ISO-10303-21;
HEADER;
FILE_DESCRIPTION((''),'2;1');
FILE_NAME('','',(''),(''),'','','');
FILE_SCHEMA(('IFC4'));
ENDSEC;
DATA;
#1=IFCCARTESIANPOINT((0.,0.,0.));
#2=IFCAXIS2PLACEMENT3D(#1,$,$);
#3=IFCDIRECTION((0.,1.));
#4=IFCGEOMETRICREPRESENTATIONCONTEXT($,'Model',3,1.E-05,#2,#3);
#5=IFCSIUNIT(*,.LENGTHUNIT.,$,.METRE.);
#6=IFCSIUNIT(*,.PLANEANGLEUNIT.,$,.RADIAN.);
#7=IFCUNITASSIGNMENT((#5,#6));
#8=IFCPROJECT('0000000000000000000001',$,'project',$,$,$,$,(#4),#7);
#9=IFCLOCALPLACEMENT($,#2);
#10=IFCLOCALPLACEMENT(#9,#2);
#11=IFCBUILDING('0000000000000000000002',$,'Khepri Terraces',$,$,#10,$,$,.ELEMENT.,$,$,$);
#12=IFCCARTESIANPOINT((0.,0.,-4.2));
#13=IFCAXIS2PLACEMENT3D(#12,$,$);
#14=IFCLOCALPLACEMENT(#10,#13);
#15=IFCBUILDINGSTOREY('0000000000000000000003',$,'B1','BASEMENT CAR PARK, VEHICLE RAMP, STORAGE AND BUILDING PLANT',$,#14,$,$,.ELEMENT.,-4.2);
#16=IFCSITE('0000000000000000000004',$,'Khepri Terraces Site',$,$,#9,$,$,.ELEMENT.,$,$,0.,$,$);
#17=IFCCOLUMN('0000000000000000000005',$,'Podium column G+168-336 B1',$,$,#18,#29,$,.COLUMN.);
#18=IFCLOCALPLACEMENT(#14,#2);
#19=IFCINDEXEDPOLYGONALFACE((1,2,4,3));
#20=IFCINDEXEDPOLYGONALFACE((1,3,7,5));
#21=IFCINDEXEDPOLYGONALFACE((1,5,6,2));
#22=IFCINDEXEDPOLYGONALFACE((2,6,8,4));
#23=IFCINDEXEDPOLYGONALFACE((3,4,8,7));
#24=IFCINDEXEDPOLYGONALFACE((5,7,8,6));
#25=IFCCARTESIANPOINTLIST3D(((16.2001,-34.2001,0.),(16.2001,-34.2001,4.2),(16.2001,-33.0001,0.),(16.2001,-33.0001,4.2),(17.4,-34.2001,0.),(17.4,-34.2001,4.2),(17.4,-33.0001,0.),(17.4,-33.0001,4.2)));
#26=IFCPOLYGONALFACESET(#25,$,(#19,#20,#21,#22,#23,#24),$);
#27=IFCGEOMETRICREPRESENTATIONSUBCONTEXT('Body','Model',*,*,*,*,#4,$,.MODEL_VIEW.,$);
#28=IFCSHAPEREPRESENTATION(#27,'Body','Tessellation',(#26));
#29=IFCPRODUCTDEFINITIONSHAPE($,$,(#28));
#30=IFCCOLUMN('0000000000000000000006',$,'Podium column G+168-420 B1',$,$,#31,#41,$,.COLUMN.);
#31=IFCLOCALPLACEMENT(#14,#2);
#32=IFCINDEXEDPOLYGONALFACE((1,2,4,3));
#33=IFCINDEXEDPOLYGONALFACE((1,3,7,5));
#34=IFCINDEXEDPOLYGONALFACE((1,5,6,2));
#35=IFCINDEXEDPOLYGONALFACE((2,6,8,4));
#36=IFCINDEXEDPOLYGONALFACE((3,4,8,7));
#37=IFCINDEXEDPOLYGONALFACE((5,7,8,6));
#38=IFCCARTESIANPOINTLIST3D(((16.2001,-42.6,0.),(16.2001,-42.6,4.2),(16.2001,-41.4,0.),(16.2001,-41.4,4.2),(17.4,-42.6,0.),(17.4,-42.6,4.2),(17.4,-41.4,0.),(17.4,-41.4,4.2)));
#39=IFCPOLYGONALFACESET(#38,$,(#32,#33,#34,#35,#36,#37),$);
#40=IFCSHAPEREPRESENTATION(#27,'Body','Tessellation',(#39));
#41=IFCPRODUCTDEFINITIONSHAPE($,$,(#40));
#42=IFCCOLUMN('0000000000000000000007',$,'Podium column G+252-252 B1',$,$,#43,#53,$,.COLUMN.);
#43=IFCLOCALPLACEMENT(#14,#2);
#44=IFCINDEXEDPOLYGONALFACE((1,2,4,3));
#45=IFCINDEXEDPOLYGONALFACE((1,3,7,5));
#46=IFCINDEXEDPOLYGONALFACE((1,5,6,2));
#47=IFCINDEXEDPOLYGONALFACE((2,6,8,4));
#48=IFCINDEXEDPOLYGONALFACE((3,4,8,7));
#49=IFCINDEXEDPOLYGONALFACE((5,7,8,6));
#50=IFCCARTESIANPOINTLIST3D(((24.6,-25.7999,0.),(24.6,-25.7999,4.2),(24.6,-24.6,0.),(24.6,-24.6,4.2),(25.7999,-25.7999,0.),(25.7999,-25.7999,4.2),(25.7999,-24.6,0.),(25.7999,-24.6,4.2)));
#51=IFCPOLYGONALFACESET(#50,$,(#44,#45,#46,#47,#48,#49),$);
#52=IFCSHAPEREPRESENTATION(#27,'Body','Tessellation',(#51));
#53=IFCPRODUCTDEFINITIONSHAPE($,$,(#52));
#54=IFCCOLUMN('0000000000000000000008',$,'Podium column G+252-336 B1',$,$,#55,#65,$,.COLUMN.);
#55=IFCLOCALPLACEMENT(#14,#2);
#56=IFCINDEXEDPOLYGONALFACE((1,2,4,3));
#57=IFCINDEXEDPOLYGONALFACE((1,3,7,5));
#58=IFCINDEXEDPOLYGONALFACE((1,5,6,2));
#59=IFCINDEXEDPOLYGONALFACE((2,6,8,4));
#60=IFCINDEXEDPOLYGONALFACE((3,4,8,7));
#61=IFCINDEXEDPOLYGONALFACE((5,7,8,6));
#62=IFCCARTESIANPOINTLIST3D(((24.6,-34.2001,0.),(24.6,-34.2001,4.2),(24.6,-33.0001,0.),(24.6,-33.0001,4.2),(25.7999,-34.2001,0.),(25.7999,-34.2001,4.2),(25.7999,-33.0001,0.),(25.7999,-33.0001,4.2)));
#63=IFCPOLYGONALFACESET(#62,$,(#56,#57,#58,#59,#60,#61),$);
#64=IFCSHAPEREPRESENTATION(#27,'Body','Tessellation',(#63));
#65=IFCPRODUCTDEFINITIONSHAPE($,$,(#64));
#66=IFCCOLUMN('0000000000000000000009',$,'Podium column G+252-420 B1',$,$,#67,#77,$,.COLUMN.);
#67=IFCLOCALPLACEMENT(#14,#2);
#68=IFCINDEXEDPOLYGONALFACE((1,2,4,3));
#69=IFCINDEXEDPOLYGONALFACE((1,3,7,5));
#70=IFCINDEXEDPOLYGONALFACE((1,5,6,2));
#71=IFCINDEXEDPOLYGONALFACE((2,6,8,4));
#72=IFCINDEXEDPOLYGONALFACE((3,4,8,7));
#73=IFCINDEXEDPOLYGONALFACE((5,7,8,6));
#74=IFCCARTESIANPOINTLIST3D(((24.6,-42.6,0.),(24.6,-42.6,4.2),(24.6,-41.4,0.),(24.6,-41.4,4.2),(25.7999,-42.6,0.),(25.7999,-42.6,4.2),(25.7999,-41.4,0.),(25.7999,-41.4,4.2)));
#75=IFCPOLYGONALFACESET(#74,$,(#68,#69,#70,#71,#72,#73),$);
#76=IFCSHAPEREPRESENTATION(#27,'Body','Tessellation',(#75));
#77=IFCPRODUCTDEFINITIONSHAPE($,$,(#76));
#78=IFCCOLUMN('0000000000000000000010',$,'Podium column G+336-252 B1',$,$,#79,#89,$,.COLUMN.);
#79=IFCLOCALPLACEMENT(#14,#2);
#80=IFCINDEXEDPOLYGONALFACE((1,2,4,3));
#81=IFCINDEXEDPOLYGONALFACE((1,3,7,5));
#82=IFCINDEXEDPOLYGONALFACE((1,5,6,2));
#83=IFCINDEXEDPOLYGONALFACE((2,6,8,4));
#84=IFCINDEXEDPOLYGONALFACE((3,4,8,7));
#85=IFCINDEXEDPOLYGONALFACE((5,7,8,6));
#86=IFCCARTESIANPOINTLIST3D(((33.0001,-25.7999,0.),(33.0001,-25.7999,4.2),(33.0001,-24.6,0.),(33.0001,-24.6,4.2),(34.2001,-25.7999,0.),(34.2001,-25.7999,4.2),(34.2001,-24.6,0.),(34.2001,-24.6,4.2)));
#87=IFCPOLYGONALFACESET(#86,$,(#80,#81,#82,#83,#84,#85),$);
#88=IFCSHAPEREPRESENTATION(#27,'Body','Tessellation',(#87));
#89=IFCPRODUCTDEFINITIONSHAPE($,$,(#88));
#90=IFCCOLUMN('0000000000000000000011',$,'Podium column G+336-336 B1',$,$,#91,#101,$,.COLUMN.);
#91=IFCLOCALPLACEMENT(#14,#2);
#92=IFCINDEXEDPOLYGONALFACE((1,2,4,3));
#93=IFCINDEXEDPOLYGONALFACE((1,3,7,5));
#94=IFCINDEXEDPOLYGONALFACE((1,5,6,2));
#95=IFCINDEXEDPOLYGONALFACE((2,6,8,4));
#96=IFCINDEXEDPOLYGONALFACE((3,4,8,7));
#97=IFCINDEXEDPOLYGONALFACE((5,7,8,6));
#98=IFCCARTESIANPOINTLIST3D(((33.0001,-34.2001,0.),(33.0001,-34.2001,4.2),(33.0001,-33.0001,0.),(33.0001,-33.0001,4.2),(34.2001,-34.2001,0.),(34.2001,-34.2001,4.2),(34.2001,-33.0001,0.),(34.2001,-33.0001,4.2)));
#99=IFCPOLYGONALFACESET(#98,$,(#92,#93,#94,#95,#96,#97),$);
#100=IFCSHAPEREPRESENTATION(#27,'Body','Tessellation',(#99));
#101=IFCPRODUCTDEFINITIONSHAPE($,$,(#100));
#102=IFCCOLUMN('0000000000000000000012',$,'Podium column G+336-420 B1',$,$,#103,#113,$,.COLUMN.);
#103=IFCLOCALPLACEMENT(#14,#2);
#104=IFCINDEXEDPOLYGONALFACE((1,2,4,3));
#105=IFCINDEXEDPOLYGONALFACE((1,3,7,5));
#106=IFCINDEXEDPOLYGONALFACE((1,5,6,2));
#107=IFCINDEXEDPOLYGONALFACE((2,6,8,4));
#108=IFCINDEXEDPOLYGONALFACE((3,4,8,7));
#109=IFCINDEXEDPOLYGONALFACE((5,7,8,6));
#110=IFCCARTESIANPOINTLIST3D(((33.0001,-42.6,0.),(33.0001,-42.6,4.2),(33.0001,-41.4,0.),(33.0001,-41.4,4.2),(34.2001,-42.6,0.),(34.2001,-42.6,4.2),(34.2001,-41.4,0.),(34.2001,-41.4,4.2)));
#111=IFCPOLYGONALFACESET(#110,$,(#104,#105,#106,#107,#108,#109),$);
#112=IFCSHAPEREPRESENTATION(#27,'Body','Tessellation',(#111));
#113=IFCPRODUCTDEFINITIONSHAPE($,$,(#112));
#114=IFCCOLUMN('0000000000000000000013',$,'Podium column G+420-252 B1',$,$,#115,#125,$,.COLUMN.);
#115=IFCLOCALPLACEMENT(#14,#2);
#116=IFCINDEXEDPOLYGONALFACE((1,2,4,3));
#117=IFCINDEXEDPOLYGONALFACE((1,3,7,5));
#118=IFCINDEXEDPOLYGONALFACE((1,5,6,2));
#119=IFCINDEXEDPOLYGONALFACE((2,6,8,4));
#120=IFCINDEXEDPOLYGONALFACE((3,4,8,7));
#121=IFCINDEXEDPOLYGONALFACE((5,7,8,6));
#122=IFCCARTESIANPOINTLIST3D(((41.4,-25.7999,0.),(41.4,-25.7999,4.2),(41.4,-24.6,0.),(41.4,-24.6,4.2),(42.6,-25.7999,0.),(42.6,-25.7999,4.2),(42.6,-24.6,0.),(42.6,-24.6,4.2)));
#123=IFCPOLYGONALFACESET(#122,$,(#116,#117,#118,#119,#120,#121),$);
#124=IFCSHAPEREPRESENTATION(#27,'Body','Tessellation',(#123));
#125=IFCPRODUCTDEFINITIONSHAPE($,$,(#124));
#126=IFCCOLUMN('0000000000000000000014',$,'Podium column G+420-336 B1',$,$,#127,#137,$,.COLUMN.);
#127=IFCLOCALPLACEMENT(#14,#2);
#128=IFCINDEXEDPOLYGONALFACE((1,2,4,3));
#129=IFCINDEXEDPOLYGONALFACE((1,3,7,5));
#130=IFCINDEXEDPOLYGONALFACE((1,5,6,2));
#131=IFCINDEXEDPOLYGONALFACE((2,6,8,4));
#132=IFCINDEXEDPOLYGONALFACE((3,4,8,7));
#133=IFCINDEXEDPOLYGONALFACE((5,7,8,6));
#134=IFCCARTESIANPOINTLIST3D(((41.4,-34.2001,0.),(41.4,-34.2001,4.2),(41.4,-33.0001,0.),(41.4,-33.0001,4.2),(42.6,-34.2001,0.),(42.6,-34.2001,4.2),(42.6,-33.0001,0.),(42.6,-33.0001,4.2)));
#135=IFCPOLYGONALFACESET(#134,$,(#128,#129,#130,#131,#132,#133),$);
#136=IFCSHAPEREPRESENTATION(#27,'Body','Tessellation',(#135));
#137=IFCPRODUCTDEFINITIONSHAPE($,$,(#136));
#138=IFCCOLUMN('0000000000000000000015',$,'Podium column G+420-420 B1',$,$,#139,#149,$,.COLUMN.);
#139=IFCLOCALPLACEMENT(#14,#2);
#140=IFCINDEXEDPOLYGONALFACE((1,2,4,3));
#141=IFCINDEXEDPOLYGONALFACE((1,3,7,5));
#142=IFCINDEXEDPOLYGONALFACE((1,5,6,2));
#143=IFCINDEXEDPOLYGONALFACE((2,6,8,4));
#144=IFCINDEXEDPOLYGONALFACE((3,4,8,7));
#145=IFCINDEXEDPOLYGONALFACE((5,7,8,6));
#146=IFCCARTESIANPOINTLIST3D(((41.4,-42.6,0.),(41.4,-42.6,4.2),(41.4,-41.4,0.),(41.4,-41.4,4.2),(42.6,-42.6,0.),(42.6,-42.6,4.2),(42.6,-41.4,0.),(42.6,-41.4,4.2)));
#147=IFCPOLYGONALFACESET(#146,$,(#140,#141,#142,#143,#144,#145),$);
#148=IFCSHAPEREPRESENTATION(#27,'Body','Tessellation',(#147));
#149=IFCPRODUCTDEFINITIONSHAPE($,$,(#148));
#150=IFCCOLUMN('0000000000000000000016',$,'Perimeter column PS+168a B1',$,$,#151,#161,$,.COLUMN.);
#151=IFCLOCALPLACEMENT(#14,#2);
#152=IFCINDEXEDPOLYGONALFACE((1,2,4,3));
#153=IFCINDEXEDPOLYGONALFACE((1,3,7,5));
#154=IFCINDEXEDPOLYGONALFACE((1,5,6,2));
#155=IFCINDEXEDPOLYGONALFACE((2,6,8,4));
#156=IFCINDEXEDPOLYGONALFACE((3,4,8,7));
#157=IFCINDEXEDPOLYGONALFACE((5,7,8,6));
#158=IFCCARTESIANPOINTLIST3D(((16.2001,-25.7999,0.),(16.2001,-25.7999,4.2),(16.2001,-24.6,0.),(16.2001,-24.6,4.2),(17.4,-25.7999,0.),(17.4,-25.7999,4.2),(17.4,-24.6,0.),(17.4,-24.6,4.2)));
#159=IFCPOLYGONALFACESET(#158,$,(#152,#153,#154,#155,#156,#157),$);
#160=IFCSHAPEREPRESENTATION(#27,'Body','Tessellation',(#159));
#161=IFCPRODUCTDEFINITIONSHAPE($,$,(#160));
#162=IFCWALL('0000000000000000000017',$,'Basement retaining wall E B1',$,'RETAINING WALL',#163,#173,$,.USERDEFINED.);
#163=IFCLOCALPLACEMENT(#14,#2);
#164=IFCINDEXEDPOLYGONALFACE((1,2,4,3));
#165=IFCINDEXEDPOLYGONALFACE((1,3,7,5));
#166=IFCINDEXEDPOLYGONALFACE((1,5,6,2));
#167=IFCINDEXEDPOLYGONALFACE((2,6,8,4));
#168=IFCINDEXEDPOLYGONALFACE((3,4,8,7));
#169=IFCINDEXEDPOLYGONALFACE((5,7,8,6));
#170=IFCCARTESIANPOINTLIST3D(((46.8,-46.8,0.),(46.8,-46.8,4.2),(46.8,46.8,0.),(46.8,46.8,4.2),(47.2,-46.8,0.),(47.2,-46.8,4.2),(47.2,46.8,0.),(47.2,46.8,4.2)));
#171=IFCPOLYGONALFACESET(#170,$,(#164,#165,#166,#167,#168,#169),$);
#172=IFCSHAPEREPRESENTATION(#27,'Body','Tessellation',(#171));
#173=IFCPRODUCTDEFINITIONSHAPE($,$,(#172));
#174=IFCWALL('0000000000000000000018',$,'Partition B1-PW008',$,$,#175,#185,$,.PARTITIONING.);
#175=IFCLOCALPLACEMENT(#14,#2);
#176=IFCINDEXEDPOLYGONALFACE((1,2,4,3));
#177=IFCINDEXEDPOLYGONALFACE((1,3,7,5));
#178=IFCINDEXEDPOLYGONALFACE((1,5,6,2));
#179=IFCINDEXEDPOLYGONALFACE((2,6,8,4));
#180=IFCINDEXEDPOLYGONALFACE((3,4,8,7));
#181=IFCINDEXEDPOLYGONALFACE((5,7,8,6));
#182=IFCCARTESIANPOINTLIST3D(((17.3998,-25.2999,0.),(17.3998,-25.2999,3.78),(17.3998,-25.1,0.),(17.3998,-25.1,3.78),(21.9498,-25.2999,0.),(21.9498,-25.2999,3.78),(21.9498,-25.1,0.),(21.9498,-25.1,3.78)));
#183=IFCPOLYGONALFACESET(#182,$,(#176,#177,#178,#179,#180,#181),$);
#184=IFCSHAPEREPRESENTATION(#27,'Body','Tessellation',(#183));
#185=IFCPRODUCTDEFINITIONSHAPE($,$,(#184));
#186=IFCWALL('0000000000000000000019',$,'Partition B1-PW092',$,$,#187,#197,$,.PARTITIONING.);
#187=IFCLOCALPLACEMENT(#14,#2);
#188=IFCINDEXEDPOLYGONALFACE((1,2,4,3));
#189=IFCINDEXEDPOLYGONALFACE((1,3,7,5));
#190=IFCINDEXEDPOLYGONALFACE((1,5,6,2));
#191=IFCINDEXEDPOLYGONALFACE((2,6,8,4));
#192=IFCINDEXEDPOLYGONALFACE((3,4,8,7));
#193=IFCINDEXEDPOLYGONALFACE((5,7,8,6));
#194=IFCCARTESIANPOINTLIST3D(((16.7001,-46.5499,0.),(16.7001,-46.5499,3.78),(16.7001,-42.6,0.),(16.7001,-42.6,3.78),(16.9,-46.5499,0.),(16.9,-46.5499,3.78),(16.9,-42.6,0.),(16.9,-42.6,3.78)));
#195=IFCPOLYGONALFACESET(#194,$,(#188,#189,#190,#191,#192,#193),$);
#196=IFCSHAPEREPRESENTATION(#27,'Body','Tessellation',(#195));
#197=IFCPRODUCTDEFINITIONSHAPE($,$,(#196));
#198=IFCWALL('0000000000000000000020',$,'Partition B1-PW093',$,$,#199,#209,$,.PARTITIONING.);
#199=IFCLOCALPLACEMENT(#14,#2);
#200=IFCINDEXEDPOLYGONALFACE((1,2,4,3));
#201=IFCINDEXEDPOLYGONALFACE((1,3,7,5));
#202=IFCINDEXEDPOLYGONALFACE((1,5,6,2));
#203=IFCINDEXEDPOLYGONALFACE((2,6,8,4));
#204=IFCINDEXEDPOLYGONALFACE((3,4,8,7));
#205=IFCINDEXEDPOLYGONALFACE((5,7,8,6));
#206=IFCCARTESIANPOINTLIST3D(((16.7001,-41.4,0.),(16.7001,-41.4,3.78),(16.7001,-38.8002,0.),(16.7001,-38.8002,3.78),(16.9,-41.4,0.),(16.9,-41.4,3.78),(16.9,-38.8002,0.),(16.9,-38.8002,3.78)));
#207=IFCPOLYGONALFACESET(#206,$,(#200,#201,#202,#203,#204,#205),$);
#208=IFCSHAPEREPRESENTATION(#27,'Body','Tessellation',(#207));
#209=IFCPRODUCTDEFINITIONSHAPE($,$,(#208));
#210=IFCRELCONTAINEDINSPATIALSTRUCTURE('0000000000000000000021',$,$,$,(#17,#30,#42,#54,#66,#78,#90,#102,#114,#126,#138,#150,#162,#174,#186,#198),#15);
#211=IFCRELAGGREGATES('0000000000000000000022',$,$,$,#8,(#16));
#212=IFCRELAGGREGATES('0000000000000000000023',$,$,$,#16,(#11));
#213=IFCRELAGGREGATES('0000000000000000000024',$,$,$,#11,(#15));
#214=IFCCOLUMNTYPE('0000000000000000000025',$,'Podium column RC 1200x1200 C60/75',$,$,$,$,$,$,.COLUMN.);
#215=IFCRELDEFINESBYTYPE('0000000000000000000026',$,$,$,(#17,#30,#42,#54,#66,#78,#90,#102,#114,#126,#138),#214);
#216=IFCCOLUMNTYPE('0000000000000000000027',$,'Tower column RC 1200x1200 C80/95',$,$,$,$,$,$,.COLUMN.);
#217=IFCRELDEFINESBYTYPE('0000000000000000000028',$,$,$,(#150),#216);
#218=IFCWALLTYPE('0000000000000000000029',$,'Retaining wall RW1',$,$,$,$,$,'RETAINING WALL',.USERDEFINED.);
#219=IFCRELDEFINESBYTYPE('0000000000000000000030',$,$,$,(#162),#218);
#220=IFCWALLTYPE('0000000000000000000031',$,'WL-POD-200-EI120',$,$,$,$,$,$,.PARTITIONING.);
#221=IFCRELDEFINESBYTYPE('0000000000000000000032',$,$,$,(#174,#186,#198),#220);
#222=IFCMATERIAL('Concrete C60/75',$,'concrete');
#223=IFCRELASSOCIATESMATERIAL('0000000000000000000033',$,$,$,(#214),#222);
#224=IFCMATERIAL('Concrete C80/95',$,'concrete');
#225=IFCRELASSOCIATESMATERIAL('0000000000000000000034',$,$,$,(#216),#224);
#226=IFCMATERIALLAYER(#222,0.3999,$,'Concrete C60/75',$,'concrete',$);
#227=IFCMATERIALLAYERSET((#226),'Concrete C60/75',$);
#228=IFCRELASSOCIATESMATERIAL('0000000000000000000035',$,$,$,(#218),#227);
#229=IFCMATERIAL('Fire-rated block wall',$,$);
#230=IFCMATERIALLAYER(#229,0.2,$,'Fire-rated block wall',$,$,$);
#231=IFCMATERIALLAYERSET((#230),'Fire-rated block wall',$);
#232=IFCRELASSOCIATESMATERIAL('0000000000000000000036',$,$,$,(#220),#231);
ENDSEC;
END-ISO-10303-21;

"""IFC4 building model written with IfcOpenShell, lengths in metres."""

from ifc_helpers import new_model, si_unit, direction, frame, frame_2d, origin, origin_2d, place, context, subcontext, project, spatial, rectangle, extrude, material, layer, layer_set, material_profile, profile_set, type_object, element, save


model = new_model("IFC4")

# Units and contexts
model_context = context("Model", 3, precision=1e-05, world=origin(), true_north=direction((0.0, 1.0)))
body_context = subcontext(model_context, "Body", "Model", "MODEL_VIEW")
ifc_project = project(units=[si_unit("LENGTHUNIT", "METRE"), si_unit("PLANEANGLEUNIT", "RADIAN")], contexts=[model_context])

# Site, building, storey
site_placement = place(None, origin())
site = spatial("IfcSite", under=ifc_project, at=site_placement, Name="Khepri Terraces Site", CompositionType="ELEMENT", RefElevation=0.0)
building_placement = place(site_placement, origin())
building = spatial("IfcBuilding", under=site, at=building_placement, Name="Khepri Terraces", CompositionType="ELEMENT")
storey_placement = place(building_placement, frame((0.0, 0.0, -4.2)))
storey = spatial("IfcBuildingStorey", under=building, at=storey_placement, Name="B1", Description="BASEMENT CAR PARK, VEHICLE RAMP, STORAGE AND BUILDING PLANT", CompositionType="ELEMENT", Elevation=-4.2)

# Columns
ifc_material_1 = material(Name="Concrete C60/75", Category="concrete")
ifc_material_profile_1 = material_profile(ifc_material_1, rectangle(XDim=1.2, YDim=1.2, at=origin_2d()), Name="Concrete C60/75", Category="concrete")
ifc_profile_set_1 = profile_set([ifc_material_profile_1], Name="Concrete C60/75")
column_type_1 = type_object("IfcColumnType", Name="Podium column RC 1200x1200 C60/75", PredefinedType="COLUMN", material=ifc_profile_set_1)
for number, where, z_axis, x_axis, name in (
    (1, (16.8, -33.6001, 0.0), (0.0, 0.0, 1.0), (1.0, 0.0, 0.0), "Podium column G+168-336 B1"),
    (2, (16.8, -42.0, 0.0), (0.0, 0.0, 1.0), (1.0, 0.0, 0.0), "Podium column G+168-420 B1"),
    (3, (25.2, -25.2, 0.0), (0.0, 0.0, 1.0), (1.0, 0.0, 0.0), "Podium column G+252-252 B1"),
    (4, (25.2, -33.6001, 0.0), (0.0, 0.0, 1.0), (1.0, 0.0, 0.0), "Podium column G+252-336 B1"),
    (5, (25.2, -42.0, 0.0), (0.0, 0.0, 1.0), (1.0, 0.0, 0.0), "Podium column G+252-420 B1"),
    (6, (33.6001, -25.2, 0.0), (0.0, 0.0, 1.0), (1.0, 0.0, 0.0), "Podium column G+336-252 B1"),
    (7, (33.6001, -33.6001, 0.0), (0.0, 0.0, 1.0), (1.0, 0.0, 0.0), "Podium column G+336-336 B1"),
    (8, (33.6001, -42.0, 0.0), (0.0, 0.0, 1.0), (1.0, 0.0, 0.0), "Podium column G+336-420 B1"),
    (9, (42.0, -25.2, 0.0), (0.0, 0.0, 1.0), (1.0, 0.0, 0.0), "Podium column G+420-252 B1"),
    (10, (42.0, -33.6001, 0.0), (0.0, 0.0, 1.0), (1.0, 0.0, 0.0), "Podium column G+420-336 B1"),
    (11, (42.0, -42.0, 0.0), (0.0, 0.0, 1.0), (1.0, 0.0, 0.0), "Podium column G+420-420 B1"),
):
    element("IfcColumn", number, at=place(storey_placement, frame(where, z_axis=z_axis, x_axis=x_axis)), inside=storey, type_object=column_type_1, Name=name, PredefinedType="COLUMN", context=body_context, shape_type="SweptSolid", body=[
        extrude(rectangle(XDim=1.2, YDim=1.2, at=origin_2d()), origin(), (0.0, 0.0, 1.0), 4.2),
    ])
ifc_material_2 = material(Name="Concrete C80/95", Category="concrete")
ifc_material_profile_2 = material_profile(ifc_material_2, rectangle(XDim=1.2, YDim=1.2, at=origin_2d()), Name="Concrete C80/95", Category="concrete")
ifc_profile_set_2 = profile_set([ifc_material_profile_2], Name="Concrete C80/95")
column_type_2 = type_object("IfcColumnType", Name="Tower column RC 1200x1200 C80/95", PredefinedType="COLUMN", material=ifc_profile_set_2)
column_placement = place(storey_placement, frame((16.8, -25.2, 0.0), z_axis=(0.0, 0.0, 1.0), x_axis=(1.0, 0.0, 0.0)))
element("IfcColumn", 12, at=column_placement, inside=storey, type_object=column_type_2, Name="Perimeter column PS+168a B1", PredefinedType="COLUMN", context=body_context, shape_type="SweptSolid", body=[
    extrude(rectangle(XDim=1.2, YDim=1.2, at=origin_2d()), origin(), (0.0, 0.0, 1.0), 4.2),
])

# Walls
ifc_layer_1 = layer(ifc_material_1, 0.3999, Name="Concrete C60/75", Category="concrete")
ifc_layer_set_1 = layer_set([ifc_layer_1], Name="Concrete C60/75")
wall_type_1 = type_object("IfcWallType", Name="Retaining wall RW1", ElementType="RETAINING WALL", PredefinedType="USERDEFINED", material=ifc_layer_set_1)
wall_1_placement = place(storey_placement, frame((47.0, -46.8, 0.0), z_axis=(0.0, 0.0, 1.0), x_axis=(0.0, 1.0, 0.0)))
element("IfcWall", 13, at=wall_1_placement, inside=storey, type_object=wall_type_1, Name="Basement retaining wall E B1", ObjectType="RETAINING WALL", PredefinedType="USERDEFINED", context=body_context, shape_type="SweptSolid", body=[
    extrude(rectangle(XDim=93.6001, YDim=0.3999, at=frame_2d((46.8, 0.0))), origin(), (0.0, 0.0, 1.0), 4.2),
])
ifc_material_3 = material(Name="Fire-rated block wall")
ifc_layer_2 = layer(ifc_material_3, 0.2, Name="Fire-rated block wall")
ifc_layer_set_2 = layer_set([ifc_layer_2], Name="Fire-rated block wall")
wall_type_2 = type_object("IfcWallType", Name="WL-POD-200-EI120", PredefinedType="PARTITIONING", material=ifc_layer_set_2)
wall_2_placement = place(storey_placement, frame((17.3999, -25.2, 0.0), z_axis=(0.0, 0.0, 1.0), x_axis=(1.0, 0.0, 0.0)))
element("IfcWall", 14, at=wall_2_placement, inside=storey, type_object=wall_type_2, Name="Partition B1-PW008", PredefinedType="PARTITIONING", context=body_context, shape_type="SweptSolid", body=[
    extrude(rectangle(XDim=4.55, YDim=0.2, at=frame_2d((2.2749, 0.0))), origin(), (0.0, 0.0, 1.0), 3.78),
])
wall_3_placement = place(storey_placement, frame((16.8, -46.55, 0.0), z_axis=(0.0, 0.0, 1.0), x_axis=(0.0, 1.0, 0.0)))
element("IfcWall", 15, at=wall_3_placement, inside=storey, type_object=wall_type_2, Name="Partition B1-PW092", PredefinedType="PARTITIONING", context=body_context, shape_type="SweptSolid", body=[
    extrude(rectangle(XDim=3.95, YDim=0.2, at=frame_2d((1.9751, 0.0))), origin(), (0.0, 0.0, 1.0), 3.78),
])
wall_4_placement = place(storey_placement, frame((16.8, -41.3999, 0.0), z_axis=(0.0, 0.0, 1.0), x_axis=(0.0, 1.0, 0.0)))
element("IfcWall", 16, at=wall_4_placement, inside=storey, type_object=wall_type_2, Name="Partition B1-PW093", PredefinedType="PARTITIONING", context=body_context, shape_type="SweptSolid", body=[
    extrude(rectangle(XDim=2.5999, YDim=0.2, at=frame_2d((1.2998, 0.0))), origin(), (0.0, 0.0, 1.0), 3.78),
])

save(model, "model.ifc")
